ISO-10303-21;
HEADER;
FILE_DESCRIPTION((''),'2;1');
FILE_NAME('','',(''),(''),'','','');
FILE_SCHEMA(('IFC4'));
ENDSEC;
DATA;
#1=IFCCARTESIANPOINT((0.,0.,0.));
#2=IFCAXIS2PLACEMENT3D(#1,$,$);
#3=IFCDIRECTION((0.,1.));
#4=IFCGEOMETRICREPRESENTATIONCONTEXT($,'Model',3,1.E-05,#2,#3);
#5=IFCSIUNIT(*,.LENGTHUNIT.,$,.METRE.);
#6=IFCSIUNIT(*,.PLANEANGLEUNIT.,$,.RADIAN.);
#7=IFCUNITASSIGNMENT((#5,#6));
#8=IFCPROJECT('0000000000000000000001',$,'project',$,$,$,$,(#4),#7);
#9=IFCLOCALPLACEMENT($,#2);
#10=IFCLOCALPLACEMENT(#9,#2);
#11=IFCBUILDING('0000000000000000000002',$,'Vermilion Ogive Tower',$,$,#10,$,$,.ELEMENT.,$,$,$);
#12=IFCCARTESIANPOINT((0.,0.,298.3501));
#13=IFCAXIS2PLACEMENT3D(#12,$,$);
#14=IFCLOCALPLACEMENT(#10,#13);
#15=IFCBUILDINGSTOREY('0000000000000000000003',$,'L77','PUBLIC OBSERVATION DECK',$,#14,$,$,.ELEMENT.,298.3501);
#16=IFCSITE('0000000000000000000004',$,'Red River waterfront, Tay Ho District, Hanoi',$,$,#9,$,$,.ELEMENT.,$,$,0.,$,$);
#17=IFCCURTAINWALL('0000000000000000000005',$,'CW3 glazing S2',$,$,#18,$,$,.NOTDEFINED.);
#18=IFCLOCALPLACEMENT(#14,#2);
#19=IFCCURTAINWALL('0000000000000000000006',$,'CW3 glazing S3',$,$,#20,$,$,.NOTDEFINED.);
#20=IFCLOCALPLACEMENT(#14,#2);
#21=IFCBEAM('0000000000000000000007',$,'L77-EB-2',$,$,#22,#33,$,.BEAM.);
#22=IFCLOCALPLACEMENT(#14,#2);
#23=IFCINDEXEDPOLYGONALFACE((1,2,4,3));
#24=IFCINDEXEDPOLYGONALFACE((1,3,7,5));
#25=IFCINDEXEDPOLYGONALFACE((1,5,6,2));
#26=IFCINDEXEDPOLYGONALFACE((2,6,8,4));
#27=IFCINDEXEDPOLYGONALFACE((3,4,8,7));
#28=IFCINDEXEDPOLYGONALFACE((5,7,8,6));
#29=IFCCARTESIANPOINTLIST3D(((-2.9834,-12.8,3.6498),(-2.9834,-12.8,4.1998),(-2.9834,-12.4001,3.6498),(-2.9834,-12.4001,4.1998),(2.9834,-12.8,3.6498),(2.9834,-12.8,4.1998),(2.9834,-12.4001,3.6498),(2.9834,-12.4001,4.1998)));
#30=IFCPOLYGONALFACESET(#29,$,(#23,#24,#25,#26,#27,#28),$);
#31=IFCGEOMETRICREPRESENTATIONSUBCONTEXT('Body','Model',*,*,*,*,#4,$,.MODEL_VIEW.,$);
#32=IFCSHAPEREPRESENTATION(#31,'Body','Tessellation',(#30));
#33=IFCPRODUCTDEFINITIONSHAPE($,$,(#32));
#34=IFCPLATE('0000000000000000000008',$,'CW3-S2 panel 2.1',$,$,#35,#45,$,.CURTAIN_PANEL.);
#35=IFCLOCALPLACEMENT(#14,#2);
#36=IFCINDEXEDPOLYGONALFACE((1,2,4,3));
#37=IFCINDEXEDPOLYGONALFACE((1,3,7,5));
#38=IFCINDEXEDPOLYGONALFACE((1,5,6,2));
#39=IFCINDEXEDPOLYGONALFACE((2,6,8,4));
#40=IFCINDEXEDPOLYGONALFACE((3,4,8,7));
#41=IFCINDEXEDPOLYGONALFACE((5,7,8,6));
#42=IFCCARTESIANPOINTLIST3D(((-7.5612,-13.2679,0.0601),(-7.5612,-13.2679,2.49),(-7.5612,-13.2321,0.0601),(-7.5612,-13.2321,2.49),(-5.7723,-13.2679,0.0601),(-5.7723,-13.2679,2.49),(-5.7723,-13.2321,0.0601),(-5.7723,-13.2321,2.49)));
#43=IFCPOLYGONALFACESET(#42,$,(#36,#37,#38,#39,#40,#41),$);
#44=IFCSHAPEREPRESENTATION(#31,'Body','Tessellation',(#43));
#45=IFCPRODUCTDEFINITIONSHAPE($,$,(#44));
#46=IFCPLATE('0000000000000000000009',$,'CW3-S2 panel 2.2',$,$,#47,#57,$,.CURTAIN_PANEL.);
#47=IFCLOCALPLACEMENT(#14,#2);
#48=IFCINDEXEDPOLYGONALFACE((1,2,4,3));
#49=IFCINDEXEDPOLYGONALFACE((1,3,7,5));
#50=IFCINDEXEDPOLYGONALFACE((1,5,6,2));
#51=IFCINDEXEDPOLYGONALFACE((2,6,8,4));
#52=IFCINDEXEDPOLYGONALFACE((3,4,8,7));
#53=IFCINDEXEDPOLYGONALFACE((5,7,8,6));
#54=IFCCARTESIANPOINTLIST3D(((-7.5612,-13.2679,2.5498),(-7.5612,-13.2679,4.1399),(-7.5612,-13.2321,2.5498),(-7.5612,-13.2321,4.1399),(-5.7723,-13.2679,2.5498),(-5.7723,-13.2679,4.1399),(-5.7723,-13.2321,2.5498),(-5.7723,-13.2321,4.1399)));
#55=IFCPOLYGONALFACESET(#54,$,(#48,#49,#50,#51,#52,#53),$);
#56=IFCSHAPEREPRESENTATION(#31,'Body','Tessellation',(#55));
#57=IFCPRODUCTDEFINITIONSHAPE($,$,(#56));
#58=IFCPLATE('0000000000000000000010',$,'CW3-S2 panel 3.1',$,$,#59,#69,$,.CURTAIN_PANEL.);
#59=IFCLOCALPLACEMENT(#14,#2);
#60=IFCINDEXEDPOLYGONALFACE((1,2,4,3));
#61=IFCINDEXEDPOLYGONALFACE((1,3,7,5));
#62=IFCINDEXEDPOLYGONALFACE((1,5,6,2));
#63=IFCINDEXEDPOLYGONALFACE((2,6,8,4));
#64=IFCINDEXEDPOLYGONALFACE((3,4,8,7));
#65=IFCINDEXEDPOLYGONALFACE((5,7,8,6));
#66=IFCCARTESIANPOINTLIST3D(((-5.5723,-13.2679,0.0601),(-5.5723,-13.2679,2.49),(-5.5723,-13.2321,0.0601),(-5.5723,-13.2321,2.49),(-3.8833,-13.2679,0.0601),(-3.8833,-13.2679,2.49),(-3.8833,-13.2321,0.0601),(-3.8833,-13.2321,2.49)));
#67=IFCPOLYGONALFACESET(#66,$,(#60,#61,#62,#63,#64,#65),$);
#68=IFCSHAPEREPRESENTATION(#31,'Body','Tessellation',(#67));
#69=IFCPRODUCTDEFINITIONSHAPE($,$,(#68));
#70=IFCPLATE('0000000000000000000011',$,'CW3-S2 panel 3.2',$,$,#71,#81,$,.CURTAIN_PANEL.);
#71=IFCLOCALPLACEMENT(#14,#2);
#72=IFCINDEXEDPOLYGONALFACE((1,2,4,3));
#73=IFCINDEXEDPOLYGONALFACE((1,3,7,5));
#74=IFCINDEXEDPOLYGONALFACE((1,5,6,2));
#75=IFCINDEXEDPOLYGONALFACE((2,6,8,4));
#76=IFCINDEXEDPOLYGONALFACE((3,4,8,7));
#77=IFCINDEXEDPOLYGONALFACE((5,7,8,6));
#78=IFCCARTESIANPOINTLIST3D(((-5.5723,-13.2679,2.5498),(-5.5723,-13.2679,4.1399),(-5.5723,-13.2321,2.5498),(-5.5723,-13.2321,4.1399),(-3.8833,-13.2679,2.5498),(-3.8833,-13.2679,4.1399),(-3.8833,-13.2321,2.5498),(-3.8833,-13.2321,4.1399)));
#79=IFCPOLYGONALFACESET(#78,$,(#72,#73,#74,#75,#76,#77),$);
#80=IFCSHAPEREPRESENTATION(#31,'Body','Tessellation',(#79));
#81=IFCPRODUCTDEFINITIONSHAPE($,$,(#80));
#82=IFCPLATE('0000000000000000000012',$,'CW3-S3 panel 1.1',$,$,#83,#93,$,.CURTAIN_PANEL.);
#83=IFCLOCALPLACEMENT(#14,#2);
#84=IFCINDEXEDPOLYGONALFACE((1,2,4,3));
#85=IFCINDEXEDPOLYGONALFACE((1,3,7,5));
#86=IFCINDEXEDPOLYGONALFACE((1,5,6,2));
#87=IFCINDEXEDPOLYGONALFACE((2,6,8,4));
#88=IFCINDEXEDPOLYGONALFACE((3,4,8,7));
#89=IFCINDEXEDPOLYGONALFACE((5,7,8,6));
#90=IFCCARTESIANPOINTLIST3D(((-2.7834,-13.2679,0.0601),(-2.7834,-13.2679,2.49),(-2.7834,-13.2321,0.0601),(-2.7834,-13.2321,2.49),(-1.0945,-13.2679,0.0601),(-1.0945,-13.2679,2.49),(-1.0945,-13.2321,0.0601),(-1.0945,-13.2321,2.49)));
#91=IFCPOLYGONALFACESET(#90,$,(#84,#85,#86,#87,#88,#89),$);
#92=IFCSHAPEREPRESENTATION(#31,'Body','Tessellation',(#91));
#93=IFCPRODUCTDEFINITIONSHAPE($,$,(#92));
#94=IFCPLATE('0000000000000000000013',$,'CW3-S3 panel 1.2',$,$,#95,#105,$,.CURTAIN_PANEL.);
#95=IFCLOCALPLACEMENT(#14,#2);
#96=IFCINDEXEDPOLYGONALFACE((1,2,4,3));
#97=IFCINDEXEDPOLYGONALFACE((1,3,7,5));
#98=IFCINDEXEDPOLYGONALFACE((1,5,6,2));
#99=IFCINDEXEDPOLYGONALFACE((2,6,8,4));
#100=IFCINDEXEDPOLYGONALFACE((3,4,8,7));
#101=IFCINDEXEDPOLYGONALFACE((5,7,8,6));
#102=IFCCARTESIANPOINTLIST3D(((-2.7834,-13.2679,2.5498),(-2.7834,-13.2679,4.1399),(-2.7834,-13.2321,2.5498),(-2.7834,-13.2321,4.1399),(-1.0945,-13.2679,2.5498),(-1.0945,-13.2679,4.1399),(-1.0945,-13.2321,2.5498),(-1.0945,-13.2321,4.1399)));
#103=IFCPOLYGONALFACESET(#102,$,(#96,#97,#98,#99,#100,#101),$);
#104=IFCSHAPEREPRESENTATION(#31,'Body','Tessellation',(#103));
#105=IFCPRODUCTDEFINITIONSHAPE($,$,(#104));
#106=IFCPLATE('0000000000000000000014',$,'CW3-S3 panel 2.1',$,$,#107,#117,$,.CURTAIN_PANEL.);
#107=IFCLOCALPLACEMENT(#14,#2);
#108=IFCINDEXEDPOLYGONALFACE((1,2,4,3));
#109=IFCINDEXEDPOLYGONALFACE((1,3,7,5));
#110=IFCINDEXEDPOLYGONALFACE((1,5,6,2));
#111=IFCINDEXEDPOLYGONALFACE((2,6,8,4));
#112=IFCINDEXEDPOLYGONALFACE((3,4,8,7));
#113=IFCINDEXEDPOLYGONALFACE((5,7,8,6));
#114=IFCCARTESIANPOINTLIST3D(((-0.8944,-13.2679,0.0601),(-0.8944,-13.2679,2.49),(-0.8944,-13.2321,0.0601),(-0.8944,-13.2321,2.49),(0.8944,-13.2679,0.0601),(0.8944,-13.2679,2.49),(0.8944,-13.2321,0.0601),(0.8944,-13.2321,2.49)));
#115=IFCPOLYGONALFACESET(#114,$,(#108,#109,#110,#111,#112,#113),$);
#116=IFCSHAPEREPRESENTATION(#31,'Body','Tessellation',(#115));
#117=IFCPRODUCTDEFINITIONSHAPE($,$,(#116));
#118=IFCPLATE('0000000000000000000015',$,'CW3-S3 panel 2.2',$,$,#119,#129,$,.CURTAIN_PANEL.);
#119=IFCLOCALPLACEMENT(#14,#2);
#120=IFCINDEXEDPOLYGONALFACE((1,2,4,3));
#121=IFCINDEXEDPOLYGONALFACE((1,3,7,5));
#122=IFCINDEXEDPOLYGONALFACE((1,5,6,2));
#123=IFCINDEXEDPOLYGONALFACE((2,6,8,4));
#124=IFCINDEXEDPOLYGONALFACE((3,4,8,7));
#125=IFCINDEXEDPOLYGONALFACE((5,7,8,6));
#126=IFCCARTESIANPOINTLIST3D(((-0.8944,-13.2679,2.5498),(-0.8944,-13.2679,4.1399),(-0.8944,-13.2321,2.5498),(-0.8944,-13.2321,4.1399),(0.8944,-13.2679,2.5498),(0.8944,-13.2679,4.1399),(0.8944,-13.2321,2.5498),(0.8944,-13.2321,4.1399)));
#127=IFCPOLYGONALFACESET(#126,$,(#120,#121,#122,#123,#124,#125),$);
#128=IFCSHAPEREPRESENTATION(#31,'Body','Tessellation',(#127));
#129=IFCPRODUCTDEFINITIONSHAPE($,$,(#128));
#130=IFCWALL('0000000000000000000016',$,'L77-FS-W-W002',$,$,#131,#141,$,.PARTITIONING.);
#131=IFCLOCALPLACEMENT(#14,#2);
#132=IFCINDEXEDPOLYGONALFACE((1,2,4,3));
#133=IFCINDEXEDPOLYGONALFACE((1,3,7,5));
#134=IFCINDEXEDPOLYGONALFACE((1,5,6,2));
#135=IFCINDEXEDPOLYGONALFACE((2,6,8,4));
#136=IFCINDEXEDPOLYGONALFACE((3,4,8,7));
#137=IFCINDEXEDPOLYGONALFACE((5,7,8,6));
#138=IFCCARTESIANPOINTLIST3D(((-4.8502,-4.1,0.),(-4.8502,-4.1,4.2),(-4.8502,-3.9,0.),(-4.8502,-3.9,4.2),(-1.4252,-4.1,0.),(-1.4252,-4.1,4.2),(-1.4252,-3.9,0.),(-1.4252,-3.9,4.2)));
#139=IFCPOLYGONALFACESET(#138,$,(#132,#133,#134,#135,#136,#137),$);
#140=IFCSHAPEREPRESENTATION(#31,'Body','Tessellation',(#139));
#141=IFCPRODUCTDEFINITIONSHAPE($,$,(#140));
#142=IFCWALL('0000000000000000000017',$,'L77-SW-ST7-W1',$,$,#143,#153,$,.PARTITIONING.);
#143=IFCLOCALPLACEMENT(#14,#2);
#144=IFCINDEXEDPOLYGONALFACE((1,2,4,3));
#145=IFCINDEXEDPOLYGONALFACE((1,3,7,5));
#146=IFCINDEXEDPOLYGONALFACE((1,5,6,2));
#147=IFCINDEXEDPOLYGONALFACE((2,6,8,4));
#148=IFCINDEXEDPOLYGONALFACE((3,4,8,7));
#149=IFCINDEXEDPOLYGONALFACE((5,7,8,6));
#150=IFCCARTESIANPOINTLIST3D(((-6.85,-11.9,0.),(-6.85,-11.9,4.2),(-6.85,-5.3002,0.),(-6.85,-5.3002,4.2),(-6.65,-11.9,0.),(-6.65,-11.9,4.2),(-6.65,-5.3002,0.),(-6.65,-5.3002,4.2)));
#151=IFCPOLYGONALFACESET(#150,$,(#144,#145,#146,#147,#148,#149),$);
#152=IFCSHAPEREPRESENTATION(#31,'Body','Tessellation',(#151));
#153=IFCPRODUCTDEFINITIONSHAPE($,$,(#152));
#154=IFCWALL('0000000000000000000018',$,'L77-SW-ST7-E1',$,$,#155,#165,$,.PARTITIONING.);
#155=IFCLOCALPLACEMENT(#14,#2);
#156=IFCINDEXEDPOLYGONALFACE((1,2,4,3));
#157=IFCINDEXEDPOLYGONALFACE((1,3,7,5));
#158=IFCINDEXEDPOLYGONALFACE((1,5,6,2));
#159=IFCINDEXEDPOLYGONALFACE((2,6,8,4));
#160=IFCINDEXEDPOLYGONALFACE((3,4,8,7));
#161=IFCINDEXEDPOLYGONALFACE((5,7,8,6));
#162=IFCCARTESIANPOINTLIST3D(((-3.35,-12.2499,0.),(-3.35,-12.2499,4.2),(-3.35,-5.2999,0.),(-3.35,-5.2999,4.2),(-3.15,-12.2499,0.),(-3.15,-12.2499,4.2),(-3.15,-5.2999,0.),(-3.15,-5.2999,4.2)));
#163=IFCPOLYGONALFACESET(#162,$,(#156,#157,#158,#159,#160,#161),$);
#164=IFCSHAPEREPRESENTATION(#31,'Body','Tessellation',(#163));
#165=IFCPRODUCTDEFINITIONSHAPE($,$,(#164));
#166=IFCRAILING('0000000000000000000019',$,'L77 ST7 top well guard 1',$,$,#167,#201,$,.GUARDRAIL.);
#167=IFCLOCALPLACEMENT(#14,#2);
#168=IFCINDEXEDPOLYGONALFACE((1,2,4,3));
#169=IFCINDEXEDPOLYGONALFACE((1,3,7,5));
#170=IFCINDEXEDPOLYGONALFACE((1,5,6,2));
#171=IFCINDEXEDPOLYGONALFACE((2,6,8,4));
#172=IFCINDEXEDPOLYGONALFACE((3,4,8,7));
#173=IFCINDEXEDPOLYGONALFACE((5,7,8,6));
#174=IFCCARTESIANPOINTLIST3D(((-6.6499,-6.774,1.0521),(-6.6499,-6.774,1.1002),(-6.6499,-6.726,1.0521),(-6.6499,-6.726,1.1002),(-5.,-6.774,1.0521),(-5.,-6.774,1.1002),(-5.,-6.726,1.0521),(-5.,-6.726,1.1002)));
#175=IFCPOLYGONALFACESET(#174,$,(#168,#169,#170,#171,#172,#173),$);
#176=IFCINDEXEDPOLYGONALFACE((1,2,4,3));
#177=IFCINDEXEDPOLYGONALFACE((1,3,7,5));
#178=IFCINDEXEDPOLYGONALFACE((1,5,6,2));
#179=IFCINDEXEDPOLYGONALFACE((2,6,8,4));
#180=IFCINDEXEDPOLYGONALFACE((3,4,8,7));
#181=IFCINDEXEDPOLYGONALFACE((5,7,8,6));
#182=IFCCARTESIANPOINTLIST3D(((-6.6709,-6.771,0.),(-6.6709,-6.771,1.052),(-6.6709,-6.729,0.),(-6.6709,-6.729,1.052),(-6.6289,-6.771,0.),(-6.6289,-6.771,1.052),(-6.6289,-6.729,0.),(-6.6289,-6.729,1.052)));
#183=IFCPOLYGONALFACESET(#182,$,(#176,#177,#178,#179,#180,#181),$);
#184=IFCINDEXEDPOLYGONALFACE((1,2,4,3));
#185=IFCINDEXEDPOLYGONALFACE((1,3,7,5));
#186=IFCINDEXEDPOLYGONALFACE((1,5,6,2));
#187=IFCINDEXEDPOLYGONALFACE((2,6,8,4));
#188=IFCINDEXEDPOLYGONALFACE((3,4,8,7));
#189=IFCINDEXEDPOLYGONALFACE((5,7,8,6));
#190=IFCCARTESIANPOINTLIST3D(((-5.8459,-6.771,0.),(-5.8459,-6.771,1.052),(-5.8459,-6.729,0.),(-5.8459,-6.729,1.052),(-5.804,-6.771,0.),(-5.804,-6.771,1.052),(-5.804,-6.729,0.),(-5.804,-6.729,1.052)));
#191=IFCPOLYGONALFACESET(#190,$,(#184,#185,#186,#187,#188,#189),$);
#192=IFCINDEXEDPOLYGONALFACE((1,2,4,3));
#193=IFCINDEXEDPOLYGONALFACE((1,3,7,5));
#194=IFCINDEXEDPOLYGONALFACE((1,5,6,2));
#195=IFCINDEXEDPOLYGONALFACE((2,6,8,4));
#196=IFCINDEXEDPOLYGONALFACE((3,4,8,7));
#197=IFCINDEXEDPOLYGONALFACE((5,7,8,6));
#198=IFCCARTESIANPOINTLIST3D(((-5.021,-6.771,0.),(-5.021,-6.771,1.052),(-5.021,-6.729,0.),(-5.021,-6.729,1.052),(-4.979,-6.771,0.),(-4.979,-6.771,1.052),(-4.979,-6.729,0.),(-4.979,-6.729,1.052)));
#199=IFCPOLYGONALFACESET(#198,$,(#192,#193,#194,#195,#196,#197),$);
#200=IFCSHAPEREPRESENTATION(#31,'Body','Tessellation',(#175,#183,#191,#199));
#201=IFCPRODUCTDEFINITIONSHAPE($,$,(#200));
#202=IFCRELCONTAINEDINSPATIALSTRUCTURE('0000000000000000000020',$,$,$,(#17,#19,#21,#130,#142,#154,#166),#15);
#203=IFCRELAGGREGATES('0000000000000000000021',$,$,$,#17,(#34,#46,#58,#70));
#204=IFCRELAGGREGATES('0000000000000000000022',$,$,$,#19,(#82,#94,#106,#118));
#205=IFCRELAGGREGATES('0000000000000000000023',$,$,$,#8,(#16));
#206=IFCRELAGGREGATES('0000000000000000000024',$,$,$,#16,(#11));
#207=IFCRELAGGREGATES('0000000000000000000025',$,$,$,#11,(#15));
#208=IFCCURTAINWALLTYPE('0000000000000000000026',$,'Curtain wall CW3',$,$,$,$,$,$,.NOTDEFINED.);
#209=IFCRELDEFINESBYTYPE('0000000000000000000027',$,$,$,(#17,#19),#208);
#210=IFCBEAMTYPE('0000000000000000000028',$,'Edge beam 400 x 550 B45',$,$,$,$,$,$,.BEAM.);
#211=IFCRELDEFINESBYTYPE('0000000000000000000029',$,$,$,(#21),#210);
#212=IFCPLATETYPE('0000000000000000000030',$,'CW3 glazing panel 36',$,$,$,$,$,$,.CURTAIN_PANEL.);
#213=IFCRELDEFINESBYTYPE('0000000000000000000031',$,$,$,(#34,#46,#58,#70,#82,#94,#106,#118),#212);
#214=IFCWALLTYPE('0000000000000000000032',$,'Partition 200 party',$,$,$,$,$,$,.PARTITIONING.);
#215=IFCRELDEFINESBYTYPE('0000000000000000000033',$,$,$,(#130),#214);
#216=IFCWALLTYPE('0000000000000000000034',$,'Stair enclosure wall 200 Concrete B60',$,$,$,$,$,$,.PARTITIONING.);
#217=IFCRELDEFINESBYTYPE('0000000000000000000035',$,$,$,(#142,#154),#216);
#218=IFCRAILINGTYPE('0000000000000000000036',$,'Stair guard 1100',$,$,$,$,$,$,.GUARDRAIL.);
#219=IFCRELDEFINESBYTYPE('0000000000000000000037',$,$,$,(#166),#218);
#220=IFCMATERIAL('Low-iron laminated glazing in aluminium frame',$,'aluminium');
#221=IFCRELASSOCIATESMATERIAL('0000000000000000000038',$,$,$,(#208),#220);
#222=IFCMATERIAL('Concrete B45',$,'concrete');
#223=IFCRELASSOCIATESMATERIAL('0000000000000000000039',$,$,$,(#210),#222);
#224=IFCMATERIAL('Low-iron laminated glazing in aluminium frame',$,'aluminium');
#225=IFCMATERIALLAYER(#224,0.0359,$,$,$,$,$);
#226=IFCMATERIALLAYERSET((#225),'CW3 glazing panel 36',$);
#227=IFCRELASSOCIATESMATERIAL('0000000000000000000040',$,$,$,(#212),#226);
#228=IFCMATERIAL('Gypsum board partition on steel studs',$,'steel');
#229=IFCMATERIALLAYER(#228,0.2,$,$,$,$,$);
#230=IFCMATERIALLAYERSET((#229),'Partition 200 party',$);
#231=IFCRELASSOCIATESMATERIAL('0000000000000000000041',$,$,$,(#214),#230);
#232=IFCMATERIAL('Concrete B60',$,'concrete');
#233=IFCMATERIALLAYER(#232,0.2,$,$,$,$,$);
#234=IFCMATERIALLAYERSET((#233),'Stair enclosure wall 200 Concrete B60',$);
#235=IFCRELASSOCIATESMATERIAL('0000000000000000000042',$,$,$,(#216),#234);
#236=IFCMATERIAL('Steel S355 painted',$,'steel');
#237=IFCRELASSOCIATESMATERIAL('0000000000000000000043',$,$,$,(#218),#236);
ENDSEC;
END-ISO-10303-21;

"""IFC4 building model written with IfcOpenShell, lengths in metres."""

from ifc_helpers import new_model, si_unit, direction, frame, frame_2d, origin, origin_2d, place, context, subcontext, project, spatial, rectangle, extrude, material, layer, layer_set, material_profile, profile_set, type_object, element, aggregate, save


model = new_model("IFC4")

# Units and contexts
model_context = context("Model", 3, precision=1e-05, world=origin(), true_north=direction((0.0, 1.0)))
body_context = subcontext(model_context, "Body", "Model", "MODEL_VIEW")
ifc_project = project(units=[si_unit("LENGTHUNIT", "METRE"), si_unit("PLANEANGLEUNIT", "RADIAN")], contexts=[model_context])

# Site, building, storey
site_placement = place(None, origin())
site = spatial("IfcSite", under=ifc_project, at=site_placement, Name="Red River waterfront, Tay Ho District, Hanoi", CompositionType="ELEMENT", RefElevation=0.0)
building_placement = place(site_placement, origin())
building = spatial("IfcBuilding", under=site, at=building_placement, Name="Vermilion Ogive Tower", CompositionType="ELEMENT")
storey_placement = place(building_placement, frame((0.0, 0.0, 298.3501)))
storey = spatial("IfcBuildingStorey", under=building, at=storey_placement, Name="L77", Description="PUBLIC OBSERVATION DECK", CompositionType="ELEMENT", Elevation=298.3501)

# Curtain walls
ifc_material_1 = material(Name="Low-iron laminated glazing in aluminium frame", Category="aluminium")
curtain_wall_type = type_object("IfcCurtainWallType", Name="Curtain wall CW3", PredefinedType="NOTDEFINED", material=ifc_material_1)
curtain_wall_1_placement = place(storey_placement, origin())
curtain_wall_1 = element("IfcCurtainWall", 1, at=curtain_wall_1_placement, inside=storey, type_object=curtain_wall_type, Name="CW3 glazing S2", PredefinedType="NOTDEFINED")
curtain_wall_2_placement = place(storey_placement, origin())
curtain_wall_2 = element("IfcCurtainWall", 2, at=curtain_wall_2_placement, inside=storey, type_object=curtain_wall_type, Name="CW3 glazing S3", PredefinedType="NOTDEFINED")

# Beam
ifc_material_2 = material(Name="Concrete B45", Category="concrete")
ifc_material_profile_1 = material_profile(ifc_material_2, rectangle(XDim=0.3999, YDim=0.55, at=origin_2d()), Name="400 x 550")
ifc_profile_set_1 = profile_set([ifc_material_profile_1], Name="Concrete B45")
beam_type = type_object("IfcBeamType", Name="Edge beam 400 x 550 B45", PredefinedType="BEAM", material=ifc_profile_set_1)
beam_placement = place(storey_placement, frame((-2.9834, -12.6001, 3.9248), z_axis=(1.0, 0.0, 0.0), x_axis=(0.0, 1.0, 0.0)))
element("IfcBeam", 3, at=beam_placement, inside=storey, type_object=beam_type, Name="L77-EB-2", PredefinedType="BEAM", context=body_context, shape_type="SweptSolid", body=[
    extrude(rectangle(XDim=0.3999, YDim=0.55, at=origin_2d()), origin(), (0.0, 0.0, 1.0), 5.9668),
])

# Plates
ifc_material_3 = material(Name="Low-iron laminated glazing in aluminium frame", Category="aluminium")
ifc_layer_1 = layer(ifc_material_3, 0.0359)
ifc_layer_set_1 = layer_set([ifc_layer_1], Name="CW3 glazing panel 36")
plate_type = type_object("IfcPlateType", Name="CW3 glazing panel 36", PredefinedType="CURTAIN_PANEL", material=ifc_layer_set_1)
plate_1_placement = place(storey_placement, frame((-6.6667, -13.25, 0.0601), z_axis=(0.0, 0.0, 1.0), x_axis=(1.0, 0.0, 0.0)))
plate_1 = element("IfcPlate", 4, at=plate_1_placement, type_object=plate_type, Name="CW3-S2 panel 2.1", PredefinedType="CURTAIN_PANEL", context=body_context, shape_type="SweptSolid", body=[
    extrude(rectangle(XDim=1.7888, YDim=0.0359, at=origin_2d()), origin(), (0.0, 0.0, 1.0), 2.4299),
])
plate_2_placement = place(storey_placement, frame((-6.6667, -13.25, 2.5498), z_axis=(0.0, 0.0, 1.0), x_axis=(1.0, 0.0, 0.0)))
plate_2 = element("IfcPlate", 5, at=plate_2_placement, type_object=plate_type, Name="CW3-S2 panel 2.2", PredefinedType="CURTAIN_PANEL", context=body_context, shape_type="SweptSolid", body=[
    extrude(rectangle(XDim=1.7888, YDim=0.0359, at=origin_2d()), origin(), (0.0, 0.0, 1.0), 1.5901),
])
plate_3_placement = place(storey_placement, frame((-4.7278, -13.25, 0.0601), z_axis=(0.0, 0.0, 1.0), x_axis=(1.0, 0.0, 0.0)))
plate_3 = element("IfcPlate", 6, at=plate_3_placement, type_object=plate_type, Name="CW3-S2 panel 3.1", PredefinedType="CURTAIN_PANEL", context=body_context, shape_type="SweptSolid", body=[
    extrude(rectangle(XDim=1.689, YDim=0.0359, at=origin_2d()), origin(), (0.0, 0.0, 1.0), 2.4299),
])
plate_4_placement = place(storey_placement, frame((-4.7278, -13.25, 2.5498), z_axis=(0.0, 0.0, 1.0), x_axis=(1.0, 0.0, 0.0)))
plate_4 = element("IfcPlate", 7, at=plate_4_placement, type_object=plate_type, Name="CW3-S2 panel 3.2", PredefinedType="CURTAIN_PANEL", context=body_context, shape_type="SweptSolid", body=[
    extrude(rectangle(XDim=1.689, YDim=0.0359, at=origin_2d()), origin(), (0.0, 0.0, 1.0), 1.5901),
])
aggregate(curtain_wall_1, [plate_1, plate_2, plate_3, plate_4])
plate_5_placement = place(storey_placement, frame((-1.939, -13.25, 0.0601), z_axis=(0.0, 0.0, 1.0), x_axis=(1.0, 0.0, 0.0)))
plate_5 = element("IfcPlate", 8, at=plate_5_placement, type_object=plate_type, Name="CW3-S3 panel 1.1", PredefinedType="CURTAIN_PANEL", context=body_context, shape_type="SweptSolid", body=[
    extrude(rectangle(XDim=1.689, YDim=0.0359, at=origin_2d()), origin(), (0.0, 0.0, 1.0), 2.4299),
])
plate_6_placement = place(storey_placement, frame((-1.939, -13.25, 2.5498), z_axis=(0.0, 0.0, 1.0), x_axis=(1.0, 0.0, 0.0)))
plate_6 = element("IfcPlate", 9, at=plate_6_placement, type_object=plate_type, Name="CW3-S3 panel 1.2", PredefinedType="CURTAIN_PANEL", context=body_context, shape_type="SweptSolid", body=[
    extrude(rectangle(XDim=1.689, YDim=0.0359, at=origin_2d()), origin(), (0.0, 0.0, 1.0), 1.5901),
])
plate_7_placement = place(storey_placement, frame((0.0, -13.25, 0.0601), z_axis=(0.0, 0.0, 1.0), x_axis=(1.0, 0.0, 0.0)))
plate_7 = element("IfcPlate", 10, at=plate_7_placement, type_object=plate_type, Name="CW3-S3 panel 2.1", PredefinedType="CURTAIN_PANEL", context=body_context, shape_type="SweptSolid", body=[
    extrude(rectangle(XDim=1.7888, YDim=0.0359, at=origin_2d()), origin(), (0.0, 0.0, 1.0), 2.4299),
])
plate_8_placement = place(storey_placement, frame((0.0, -13.25, 2.5498), z_axis=(0.0, 0.0, 1.0), x_axis=(1.0, 0.0, 0.0)))
plate_8 = element("IfcPlate", 11, at=plate_8_placement, type_object=plate_type, Name="CW3-S3 panel 2.2", PredefinedType="CURTAIN_PANEL", context=body_context, shape_type="SweptSolid", body=[
    extrude(rectangle(XDim=1.7888, YDim=0.0359, at=origin_2d()), origin(), (0.0, 0.0, 1.0), 1.5901),
])
aggregate(curtain_wall_2, [plate_5, plate_6, plate_7, plate_8])

# Walls
ifc_material_4 = material(Name="Gypsum board partition on steel studs", Category="steel")
ifc_layer_2 = layer(ifc_material_4, 0.2)
ifc_layer_set_2 = layer_set([ifc_layer_2], Name="Partition 200 party")
wall_type_1 = type_object("IfcWallType", Name="Partition 200 party", PredefinedType="PARTITIONING", material=ifc_layer_set_2)
wall_1_placement = place(storey_placement, frame((-4.8501, -4.0, 0.0), z_axis=(0.0, 0.0, 1.0), x_axis=(1.0, 0.0, 0.0)))
element("IfcWall", 12, at=wall_1_placement, inside=storey, type_object=wall_type_1, Name="L77-FS-W-W002", PredefinedType="PARTITIONING", context=body_context, shape_type="SweptSolid", body=[
    extrude(rectangle(XDim=3.425, YDim=0.2, at=frame_2d((1.7124, 0.0))), origin(), (0.0, 0.0, 1.0), 4.2),
])
ifc_material_5 = material(Name="Concrete B60", Category="concrete")
ifc_layer_3 = layer(ifc_material_5, 0.2)
ifc_layer_set_3 = layer_set([ifc_layer_3], Name="Stair enclosure wall 200 Concrete B60")
wall_type_2 = type_object("IfcWallType", Name="Stair enclosure wall 200 Concrete B60", PredefinedType="PARTITIONING", material=ifc_layer_set_3)
wall_2_placement = place(storey_placement, frame((-6.75, -11.8999, 0.0), z_axis=(0.0, 0.0, 1.0), x_axis=(0.0, 1.0, 0.0)))
element("IfcWall", 13, at=wall_2_placement, inside=storey, type_object=wall_type_2, Name="L77-SW-ST7-W1", PredefinedType="PARTITIONING", context=body_context, shape_type="SweptSolid", body=[
    extrude(rectangle(XDim=6.5999, YDim=0.2, at=frame_2d((3.2998, 0.0))), origin(), (0.0, 0.0, 1.0), 4.2),
])
wall_3_placement = place(storey_placement, frame((-3.25, -12.25, 0.0), z_axis=(0.0, 0.0, 1.0), x_axis=(0.0, 1.0, 0.0)))
element("IfcWall", 14, at=wall_3_placement, inside=storey, type_object=wall_type_2, Name="L77-SW-ST7-E1", PredefinedType="PARTITIONING", context=body_context, shape_type="SweptSolid", body=[
    extrude(rectangle(XDim=6.95, YDim=0.2, at=frame_2d((3.4751, 0.0))), origin(), (0.0, 0.0, 1.0), 4.2),
])

# Railing
ifc_material_6 = material(Name="Steel S355 painted", Category="steel")
railing_type = type_object("IfcRailingType", Name="Stair guard 1100", PredefinedType="GUARDRAIL", material=ifc_material_6)
railing_placement = place(storey_placement, frame((-6.6499, -6.75, 0.0)))
element("IfcRailing", 15, at=railing_placement, inside=storey, type_object=railing_type, Name="L77 ST7 top well guard 1", PredefinedType="GUARDRAIL", context=body_context, shape_type="SweptSolid", body=[
    extrude(rectangle(XDim=0.0481, YDim=0.0481, at=origin_2d()), frame((0.0, 0.0, 1.0762), z_axis=(1.0, 0.0, 0.0), x_axis=(0.0, 1.0, 0.0)), (0.0, 0.0, 1.0), 1.6499),
    extrude(rectangle(XDim=0.042, YDim=0.042, at=origin_2d()), origin(), (0.0, 0.0, 1.0), 1.052),
    extrude(rectangle(XDim=0.042, YDim=0.042, at=origin_2d()), frame((0.825, 0.0, 0.0)), (0.0, 0.0, 1.0), 1.052),
    extrude(rectangle(XDim=0.042, YDim=0.042, at=origin_2d()), frame((1.6499, 0.0, 0.0)), (0.0, 0.0, 1.0), 1.052),
])

save(model, "model.ifc")
